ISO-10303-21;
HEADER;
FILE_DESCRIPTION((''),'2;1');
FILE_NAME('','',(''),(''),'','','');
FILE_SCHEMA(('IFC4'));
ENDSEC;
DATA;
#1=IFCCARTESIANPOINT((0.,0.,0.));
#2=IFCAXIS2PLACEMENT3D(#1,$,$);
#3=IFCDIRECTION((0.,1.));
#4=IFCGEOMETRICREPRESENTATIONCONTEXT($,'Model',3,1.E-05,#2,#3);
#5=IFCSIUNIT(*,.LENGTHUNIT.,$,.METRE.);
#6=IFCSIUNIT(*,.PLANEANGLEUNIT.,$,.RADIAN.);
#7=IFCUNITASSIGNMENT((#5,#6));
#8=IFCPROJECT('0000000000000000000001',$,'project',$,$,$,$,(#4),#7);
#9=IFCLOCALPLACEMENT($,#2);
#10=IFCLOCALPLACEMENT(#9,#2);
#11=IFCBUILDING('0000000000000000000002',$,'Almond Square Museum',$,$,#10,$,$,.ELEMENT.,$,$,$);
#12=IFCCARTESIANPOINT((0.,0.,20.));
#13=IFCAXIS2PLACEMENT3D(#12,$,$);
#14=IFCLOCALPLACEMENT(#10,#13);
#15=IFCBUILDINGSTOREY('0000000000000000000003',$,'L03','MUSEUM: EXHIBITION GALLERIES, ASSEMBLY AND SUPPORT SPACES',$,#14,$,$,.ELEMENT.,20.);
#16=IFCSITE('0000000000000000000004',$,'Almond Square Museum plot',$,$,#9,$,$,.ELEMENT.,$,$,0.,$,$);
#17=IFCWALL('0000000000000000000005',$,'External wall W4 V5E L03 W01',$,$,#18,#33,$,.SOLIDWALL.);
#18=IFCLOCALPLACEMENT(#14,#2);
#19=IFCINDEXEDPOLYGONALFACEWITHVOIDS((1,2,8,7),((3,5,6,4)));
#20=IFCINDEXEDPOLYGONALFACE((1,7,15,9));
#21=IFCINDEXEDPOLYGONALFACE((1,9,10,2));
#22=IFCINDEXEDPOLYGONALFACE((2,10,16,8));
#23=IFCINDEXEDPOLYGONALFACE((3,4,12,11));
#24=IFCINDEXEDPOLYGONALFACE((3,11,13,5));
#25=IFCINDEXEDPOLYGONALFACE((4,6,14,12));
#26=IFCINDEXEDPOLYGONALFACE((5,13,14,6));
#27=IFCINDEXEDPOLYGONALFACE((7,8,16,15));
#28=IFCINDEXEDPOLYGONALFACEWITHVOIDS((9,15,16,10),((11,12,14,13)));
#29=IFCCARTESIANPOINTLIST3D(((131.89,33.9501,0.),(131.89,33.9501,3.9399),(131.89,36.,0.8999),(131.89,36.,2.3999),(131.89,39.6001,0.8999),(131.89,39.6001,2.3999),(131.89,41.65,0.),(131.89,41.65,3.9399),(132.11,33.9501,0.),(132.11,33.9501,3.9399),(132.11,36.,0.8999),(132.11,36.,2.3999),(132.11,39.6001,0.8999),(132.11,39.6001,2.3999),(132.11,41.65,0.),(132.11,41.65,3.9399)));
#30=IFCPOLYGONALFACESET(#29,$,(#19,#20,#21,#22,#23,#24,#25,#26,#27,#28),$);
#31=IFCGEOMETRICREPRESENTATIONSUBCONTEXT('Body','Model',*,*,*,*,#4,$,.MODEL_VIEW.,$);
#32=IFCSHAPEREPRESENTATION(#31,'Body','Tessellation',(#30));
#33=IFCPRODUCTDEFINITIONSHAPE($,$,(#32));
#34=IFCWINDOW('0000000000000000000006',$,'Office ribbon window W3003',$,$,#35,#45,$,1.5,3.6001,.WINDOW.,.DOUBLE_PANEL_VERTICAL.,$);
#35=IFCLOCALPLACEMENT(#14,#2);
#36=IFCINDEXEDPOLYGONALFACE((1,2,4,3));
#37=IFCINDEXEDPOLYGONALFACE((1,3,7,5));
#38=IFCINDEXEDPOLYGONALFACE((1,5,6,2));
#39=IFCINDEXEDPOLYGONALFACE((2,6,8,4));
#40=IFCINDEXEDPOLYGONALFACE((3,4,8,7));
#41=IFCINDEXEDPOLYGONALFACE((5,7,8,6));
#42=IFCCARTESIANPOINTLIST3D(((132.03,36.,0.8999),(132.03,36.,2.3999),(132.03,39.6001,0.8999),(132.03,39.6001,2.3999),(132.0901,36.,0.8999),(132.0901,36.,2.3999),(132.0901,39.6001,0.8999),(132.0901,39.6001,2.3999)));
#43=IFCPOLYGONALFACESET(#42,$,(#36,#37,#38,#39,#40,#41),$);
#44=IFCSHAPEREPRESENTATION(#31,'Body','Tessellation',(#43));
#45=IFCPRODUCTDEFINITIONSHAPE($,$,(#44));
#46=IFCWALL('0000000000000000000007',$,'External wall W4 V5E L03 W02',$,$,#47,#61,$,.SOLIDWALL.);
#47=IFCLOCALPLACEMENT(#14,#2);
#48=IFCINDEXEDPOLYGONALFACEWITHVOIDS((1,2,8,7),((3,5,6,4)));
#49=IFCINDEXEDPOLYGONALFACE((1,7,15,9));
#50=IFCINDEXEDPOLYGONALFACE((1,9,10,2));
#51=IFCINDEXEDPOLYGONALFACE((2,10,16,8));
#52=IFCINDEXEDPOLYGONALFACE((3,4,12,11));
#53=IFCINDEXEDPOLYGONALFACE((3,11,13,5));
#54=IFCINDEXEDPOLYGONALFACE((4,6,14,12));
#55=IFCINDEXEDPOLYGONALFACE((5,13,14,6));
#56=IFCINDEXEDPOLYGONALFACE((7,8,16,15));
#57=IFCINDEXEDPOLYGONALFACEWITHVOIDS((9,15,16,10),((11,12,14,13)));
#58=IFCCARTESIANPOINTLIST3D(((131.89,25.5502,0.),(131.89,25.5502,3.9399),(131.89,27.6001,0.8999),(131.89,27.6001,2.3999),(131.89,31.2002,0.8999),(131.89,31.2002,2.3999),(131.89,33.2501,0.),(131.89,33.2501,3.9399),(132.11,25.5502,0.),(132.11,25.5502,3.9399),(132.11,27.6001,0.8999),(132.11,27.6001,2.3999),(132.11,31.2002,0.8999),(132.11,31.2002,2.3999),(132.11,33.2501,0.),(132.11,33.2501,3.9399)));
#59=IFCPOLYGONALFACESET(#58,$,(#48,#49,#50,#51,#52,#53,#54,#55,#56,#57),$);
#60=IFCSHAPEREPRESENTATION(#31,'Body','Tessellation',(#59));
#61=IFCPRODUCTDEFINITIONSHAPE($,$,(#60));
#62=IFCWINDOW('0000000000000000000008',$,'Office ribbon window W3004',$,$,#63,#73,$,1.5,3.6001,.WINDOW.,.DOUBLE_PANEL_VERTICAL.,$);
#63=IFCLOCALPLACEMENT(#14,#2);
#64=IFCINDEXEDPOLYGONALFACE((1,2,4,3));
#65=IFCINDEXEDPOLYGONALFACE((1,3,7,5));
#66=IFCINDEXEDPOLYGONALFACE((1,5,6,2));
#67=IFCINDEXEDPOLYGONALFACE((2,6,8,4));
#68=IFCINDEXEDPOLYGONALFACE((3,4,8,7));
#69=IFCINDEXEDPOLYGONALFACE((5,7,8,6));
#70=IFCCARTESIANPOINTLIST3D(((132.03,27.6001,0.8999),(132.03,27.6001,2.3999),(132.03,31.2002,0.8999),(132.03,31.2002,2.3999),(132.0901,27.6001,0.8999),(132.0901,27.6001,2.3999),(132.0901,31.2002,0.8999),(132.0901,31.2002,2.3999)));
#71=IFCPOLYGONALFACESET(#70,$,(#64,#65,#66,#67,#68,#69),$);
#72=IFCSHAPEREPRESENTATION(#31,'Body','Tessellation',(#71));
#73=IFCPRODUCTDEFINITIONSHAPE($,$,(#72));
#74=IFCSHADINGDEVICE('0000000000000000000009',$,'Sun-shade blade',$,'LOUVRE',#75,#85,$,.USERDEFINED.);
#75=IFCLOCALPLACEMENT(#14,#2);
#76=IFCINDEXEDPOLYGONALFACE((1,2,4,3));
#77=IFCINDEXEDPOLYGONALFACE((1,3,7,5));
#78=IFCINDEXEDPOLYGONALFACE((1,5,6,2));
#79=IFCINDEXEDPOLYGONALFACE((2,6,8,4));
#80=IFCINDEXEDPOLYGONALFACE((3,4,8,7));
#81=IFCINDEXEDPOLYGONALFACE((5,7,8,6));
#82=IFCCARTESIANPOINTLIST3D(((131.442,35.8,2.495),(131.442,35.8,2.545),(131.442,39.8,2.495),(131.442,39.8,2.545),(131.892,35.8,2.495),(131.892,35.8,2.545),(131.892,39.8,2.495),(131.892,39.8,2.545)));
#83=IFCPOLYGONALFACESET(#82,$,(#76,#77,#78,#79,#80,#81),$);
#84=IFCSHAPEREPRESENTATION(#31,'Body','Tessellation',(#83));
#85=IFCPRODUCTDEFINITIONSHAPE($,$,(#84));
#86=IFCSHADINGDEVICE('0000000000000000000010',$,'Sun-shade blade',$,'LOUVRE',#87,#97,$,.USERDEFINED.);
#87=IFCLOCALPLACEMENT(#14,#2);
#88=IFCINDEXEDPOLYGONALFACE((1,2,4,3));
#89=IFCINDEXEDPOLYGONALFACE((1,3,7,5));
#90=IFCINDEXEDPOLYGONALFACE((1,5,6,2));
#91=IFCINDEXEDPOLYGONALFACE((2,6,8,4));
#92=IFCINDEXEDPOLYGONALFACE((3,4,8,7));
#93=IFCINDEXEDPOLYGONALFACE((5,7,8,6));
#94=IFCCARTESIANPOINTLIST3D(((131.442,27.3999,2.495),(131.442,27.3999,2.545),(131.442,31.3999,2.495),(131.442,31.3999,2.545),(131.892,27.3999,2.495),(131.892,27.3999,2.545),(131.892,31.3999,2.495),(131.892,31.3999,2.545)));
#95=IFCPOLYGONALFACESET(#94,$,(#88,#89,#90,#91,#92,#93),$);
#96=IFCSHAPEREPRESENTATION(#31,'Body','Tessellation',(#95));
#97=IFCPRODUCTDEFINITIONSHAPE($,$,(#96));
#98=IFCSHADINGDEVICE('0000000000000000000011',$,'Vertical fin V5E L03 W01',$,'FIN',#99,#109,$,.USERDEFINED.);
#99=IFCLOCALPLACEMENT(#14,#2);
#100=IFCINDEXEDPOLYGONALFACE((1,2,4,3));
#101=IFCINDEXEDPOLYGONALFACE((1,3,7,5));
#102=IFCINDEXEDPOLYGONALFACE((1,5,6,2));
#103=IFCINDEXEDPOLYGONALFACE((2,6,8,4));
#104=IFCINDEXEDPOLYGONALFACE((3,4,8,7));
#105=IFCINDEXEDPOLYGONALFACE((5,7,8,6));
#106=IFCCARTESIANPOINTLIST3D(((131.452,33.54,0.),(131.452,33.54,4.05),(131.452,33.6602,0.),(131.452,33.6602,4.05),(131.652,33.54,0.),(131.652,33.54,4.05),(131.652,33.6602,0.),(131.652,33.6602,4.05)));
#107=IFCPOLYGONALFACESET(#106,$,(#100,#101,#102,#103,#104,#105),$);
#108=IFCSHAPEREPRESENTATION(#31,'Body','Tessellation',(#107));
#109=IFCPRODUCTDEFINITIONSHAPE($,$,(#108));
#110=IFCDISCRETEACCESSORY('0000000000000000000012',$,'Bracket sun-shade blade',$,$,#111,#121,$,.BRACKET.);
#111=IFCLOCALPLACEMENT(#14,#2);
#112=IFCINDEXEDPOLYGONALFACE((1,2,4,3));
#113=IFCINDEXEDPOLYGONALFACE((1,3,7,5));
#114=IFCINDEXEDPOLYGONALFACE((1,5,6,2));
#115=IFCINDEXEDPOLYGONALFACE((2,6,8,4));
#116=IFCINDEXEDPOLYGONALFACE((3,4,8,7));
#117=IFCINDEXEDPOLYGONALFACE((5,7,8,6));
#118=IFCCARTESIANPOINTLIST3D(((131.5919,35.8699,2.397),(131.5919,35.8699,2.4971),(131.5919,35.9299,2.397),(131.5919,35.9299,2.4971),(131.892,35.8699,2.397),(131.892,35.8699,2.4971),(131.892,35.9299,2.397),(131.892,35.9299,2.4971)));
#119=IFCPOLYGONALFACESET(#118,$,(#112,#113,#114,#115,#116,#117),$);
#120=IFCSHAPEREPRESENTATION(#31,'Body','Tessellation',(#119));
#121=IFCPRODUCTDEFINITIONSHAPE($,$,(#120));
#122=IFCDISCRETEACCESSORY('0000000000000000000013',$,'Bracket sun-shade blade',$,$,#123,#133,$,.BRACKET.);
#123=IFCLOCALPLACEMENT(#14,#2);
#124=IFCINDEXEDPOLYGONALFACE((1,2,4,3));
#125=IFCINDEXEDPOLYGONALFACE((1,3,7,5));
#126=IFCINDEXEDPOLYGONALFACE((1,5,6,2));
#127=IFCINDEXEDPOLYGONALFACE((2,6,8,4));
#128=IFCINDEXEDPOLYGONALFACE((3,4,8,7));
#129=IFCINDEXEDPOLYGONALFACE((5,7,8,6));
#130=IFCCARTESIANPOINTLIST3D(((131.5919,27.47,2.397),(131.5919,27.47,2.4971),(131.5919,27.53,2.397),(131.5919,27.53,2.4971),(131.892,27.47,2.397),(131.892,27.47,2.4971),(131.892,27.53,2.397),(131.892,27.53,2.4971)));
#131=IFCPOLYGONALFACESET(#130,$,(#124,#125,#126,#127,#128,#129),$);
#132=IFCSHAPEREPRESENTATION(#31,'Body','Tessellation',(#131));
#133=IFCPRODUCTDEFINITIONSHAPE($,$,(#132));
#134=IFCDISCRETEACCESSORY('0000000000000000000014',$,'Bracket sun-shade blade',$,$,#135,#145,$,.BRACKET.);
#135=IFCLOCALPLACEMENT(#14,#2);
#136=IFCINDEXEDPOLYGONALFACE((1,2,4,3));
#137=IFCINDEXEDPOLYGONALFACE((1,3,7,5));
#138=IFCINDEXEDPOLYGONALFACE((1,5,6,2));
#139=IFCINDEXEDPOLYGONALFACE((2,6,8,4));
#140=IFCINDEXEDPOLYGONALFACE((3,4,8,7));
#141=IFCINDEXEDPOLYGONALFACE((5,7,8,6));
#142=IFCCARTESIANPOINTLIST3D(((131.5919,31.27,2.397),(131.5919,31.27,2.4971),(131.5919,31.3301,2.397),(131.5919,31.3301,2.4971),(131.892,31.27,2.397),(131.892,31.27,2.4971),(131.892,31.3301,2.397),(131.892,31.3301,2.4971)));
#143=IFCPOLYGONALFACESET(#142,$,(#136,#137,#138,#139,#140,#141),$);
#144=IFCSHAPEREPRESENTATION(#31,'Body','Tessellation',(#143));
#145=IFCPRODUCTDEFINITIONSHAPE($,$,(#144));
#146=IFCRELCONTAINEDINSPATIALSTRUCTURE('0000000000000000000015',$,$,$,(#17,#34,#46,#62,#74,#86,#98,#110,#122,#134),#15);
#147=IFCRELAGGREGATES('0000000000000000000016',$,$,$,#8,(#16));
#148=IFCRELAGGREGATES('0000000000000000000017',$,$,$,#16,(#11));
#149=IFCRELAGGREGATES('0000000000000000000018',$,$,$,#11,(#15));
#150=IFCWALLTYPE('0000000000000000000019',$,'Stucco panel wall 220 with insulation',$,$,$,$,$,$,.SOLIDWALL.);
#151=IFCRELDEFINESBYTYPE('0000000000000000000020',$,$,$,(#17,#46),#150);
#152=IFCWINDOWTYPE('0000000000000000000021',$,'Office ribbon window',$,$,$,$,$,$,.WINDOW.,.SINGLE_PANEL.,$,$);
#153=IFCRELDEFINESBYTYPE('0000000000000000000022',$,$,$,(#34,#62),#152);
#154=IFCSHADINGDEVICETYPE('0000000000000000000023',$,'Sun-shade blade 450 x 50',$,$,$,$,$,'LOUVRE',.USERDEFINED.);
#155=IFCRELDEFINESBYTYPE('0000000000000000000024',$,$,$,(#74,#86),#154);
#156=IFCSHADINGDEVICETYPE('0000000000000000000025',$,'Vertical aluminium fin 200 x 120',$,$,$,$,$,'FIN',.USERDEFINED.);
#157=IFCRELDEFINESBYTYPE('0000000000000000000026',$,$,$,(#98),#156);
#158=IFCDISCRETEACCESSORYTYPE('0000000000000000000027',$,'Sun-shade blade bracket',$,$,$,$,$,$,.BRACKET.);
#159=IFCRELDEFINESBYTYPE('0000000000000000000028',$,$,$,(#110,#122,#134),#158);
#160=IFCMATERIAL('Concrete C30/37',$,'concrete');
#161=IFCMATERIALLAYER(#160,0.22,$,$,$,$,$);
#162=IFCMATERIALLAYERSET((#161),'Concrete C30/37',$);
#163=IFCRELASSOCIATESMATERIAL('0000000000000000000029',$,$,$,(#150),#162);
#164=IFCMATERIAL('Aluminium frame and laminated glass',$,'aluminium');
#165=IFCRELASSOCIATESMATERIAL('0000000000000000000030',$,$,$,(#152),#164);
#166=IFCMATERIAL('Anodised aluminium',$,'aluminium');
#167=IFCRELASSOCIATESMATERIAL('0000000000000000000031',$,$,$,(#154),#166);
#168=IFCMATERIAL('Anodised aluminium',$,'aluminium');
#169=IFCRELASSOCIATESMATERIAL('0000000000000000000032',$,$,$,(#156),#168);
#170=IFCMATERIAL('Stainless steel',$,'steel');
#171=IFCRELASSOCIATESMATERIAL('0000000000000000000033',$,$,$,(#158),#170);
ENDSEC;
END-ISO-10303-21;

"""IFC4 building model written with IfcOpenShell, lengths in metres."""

from ifc_helpers import new_model, si_unit, direction, frame, frame_2d, origin, origin_2d, place, context, subcontext, project, spatial, rectangle, extrude, material, layer, layer_set, material_profile, profile_set, type_object, element, fill, save


model = new_model("IFC4")

# Units and contexts
model_context = context("Model", 3, precision=1e-05, world=origin(), true_north=direction((0.0, 1.0)))
body_context = subcontext(model_context, "Body", "Model", "MODEL_VIEW")
ifc_project = project(units=[si_unit("LENGTHUNIT", "METRE"), si_unit("PLANEANGLEUNIT", "RADIAN")], contexts=[model_context])

# Site, building, storey
site_placement = place(None, origin())
site = spatial("IfcSite", under=ifc_project, at=site_placement, Name="Almond Square Museum plot", CompositionType="ELEMENT", RefElevation=0.0)
building_placement = place(site_placement, origin())
building = spatial("IfcBuilding", under=site, at=building_placement, Name="Almond Square Museum", CompositionType="ELEMENT")
storey_placement = place(building_placement, frame((0.0, 0.0, 20.0)))
storey = spatial("IfcBuildingStorey", under=building, at=storey_placement, Name="L03", Description="MUSEUM: EXHIBITION GALLERIES, ASSEMBLY AND SUPPORT SPACES", CompositionType="ELEMENT", Elevation=20.0)

# Walls, openings, windows
ifc_material_1 = material(Name="Concrete C30/37", Category="concrete")
ifc_layer_1 = layer(ifc_material_1, 0.22)
ifc_layer_set_1 = layer_set([ifc_layer_1], Name="Concrete C30/37")
wall_type_1 = type_object("IfcWallType", Name="Stucco panel wall 220 with insulation", PredefinedType="SOLIDWALL", material=ifc_layer_set_1)
wall_1_placement = place(storey_placement, frame((132.0, 33.95, 0.0), z_axis=(0.0, 0.0, 1.0), x_axis=(0.0, 1.0, 0.0)))
wall_1 = element("IfcWall", 1, at=wall_1_placement, inside=storey, type_object=wall_type_1, Name="External wall W4 V5E L03 W01", PredefinedType="SOLIDWALL", context=body_context, shape_type="SweptSolid", body=[
    extrude(rectangle(XDim=7.7, YDim=0.22, at=frame_2d((3.8501, 0.0))), origin(), (0.0, 0.0, 1.0), 3.9399),
])
opening_1_placement = place(wall_1_placement, frame((2.05, 0.0, 0.8999)))
opening_1 = element("IfcOpeningElement", 2, at=opening_1_placement, cuts=wall_1, PredefinedType="OPENING", context=body_context, shape_type="SweptSolid", body=[
    extrude(rectangle(XDim=3.6001, YDim=1.5, at=frame_2d((1.8, 0.75))), frame((0.0, 0.1199, 0.0), z_axis=(0.0, -1.0, 0.0), x_axis=(1.0, 0.0, 0.0)), (0.0, 0.0, 1.0), 0.24),
])
ifc_material_2 = material(Name="Aluminium frame and laminated glass", Category="aluminium")
window_type = type_object("IfcWindowType", Name="Office ribbon window", PartitioningType="SINGLE_PANEL", PredefinedType="WINDOW", material=ifc_material_2)
window_1_placement = place(opening_1_placement, origin())
window_1 = element("IfcWindow", 3, at=window_1_placement, inside=storey, type_object=window_type, Name="Office ribbon window W3003", OverallHeight=1.5, OverallWidth=3.6001, PartitioningType="DOUBLE_PANEL_VERTICAL", PredefinedType="WINDOW", context=body_context, shape_type="SweptSolid", body=[
    extrude(rectangle(XDim=3.6001, YDim=1.5, at=frame_2d((1.8, 0.75))), frame((0.0, -0.03, 0.0), z_axis=(0.0, -1.0, 0.0), x_axis=(1.0, 0.0, 0.0)), (0.0, 0.0, 1.0), 0.0601),
])
fill(opening_1, window_1)
wall_2_placement = place(storey_placement, frame((132.0, 25.55, 0.0), z_axis=(0.0, 0.0, 1.0), x_axis=(0.0, 1.0, 0.0)))
wall_2 = element("IfcWall", 4, at=wall_2_placement, inside=storey, type_object=wall_type_1, Name="External wall W4 V5E L03 W02", PredefinedType="SOLIDWALL", context=body_context, shape_type="SweptSolid", body=[
    extrude(rectangle(XDim=7.7, YDim=0.22, at=frame_2d((3.8501, 0.0))), origin(), (0.0, 0.0, 1.0), 3.9399),
])
opening_2_placement = place(wall_2_placement, frame((2.05, 0.0, 0.8999)))
opening_2 = element("IfcOpeningElement", 5, at=opening_2_placement, cuts=wall_2, PredefinedType="OPENING", context=body_context, shape_type="SweptSolid", body=[
    extrude(rectangle(XDim=3.6001, YDim=1.5, at=frame_2d((1.8, 0.75))), frame((0.0, 0.1199, 0.0), z_axis=(0.0, -1.0, 0.0), x_axis=(1.0, 0.0, 0.0)), (0.0, 0.0, 1.0), 0.24),
])
window_2_placement = place(opening_2_placement, origin())
window_2 = element("IfcWindow", 6, at=window_2_placement, inside=storey, type_object=window_type, Name="Office ribbon window W3004", OverallHeight=1.5, OverallWidth=3.6001, PartitioningType="DOUBLE_PANEL_VERTICAL", PredefinedType="WINDOW", context=body_context, shape_type="SweptSolid", body=[
    extrude(rectangle(XDim=3.6001, YDim=1.5, at=frame_2d((1.8, 0.75))), frame((0.0, -0.03, 0.0), z_axis=(0.0, -1.0, 0.0), x_axis=(1.0, 0.0, 0.0)), (0.0, 0.0, 1.0), 0.0601),
])
fill(opening_2, window_2)

# Shading devices
ifc_material_3 = material(Name="Anodised aluminium", Category="aluminium")
ifc_material_profile_1 = material_profile(ifc_material_3, rectangle(XDim=0.45, YDim=0.05, at=origin_2d()))
ifc_profile_set_1 = profile_set([ifc_material_profile_1], Name="Anodised aluminium")
shading_device_type_1 = type_object("IfcShadingDeviceType", Name="Sun-shade blade 450 x 50", ElementType="LOUVRE", PredefinedType="USERDEFINED", material=ifc_profile_set_1)
for number, where, z_axis, x_axis, name in (
    (7, (131.667, 35.8, 2.52), (0.0, 1.0, 0.0), (-1.0, 0.0, 0.0), "Sun-shade blade"),
    (8, (131.667, 27.3999, 2.52), (0.0, 1.0, 0.0), (-1.0, 0.0, 0.0), "Sun-shade blade"),
):
    element("IfcShadingDevice", number, at=place(storey_placement, frame(where, z_axis=z_axis, x_axis=x_axis)), inside=storey, type_object=shading_device_type_1, Name=name, ObjectType="LOUVRE", PredefinedType="USERDEFINED", context=body_context, shape_type="SweptSolid", body=[
        extrude(rectangle(XDim=0.45, YDim=0.05, at=origin_2d()), origin(), (0.0, 0.0, 1.0), 4.0),
    ])
ifc_material_4 = material(Name="Anodised aluminium", Category="aluminium")
ifc_material_profile_2 = material_profile(ifc_material_4, rectangle(XDim=0.2, YDim=0.1201, at=origin_2d()))
ifc_profile_set_2 = profile_set([ifc_material_profile_2], Name="Anodised aluminium")
shading_device_type_2 = type_object("IfcShadingDeviceType", Name="Vertical aluminium fin 200 x 120", ElementType="FIN", PredefinedType="USERDEFINED", material=ifc_profile_set_2)
shading_device_placement = place(storey_placement, frame((131.552, 33.6001, 0.0), z_axis=(0.0, 0.0, 1.0), x_axis=(-1.0, 0.0, 0.0)))
element("IfcShadingDevice", 9, at=shading_device_placement, inside=storey, type_object=shading_device_type_2, Name="Vertical fin V5E L03 W01", ObjectType="FIN", PredefinedType="USERDEFINED", context=body_context, shape_type="SweptSolid", body=[
    extrude(rectangle(XDim=0.2, YDim=0.1201, at=origin_2d()), origin(), (0.0, 0.0, 1.0), 4.05),
])

# Discrete accessories
ifc_material_5 = material(Name="Stainless steel", Category="steel")
discrete_accessory_type = type_object("IfcDiscreteAccessoryType", Name="Sun-shade blade bracket", PredefinedType="BRACKET", material=ifc_material_5)
for number, where, z_axis, x_axis, name in (
    (10, (131.7419, 35.8999, 2.397), (0.0, 0.0, 1.0), (1.0, 0.0, 0.0), "Bracket sun-shade blade"),
    (11, (131.7419, 27.5, 2.397), (0.0, 0.0, 1.0), (1.0, 0.0, 0.0), "Bracket sun-shade blade"),
    (12, (131.7419, 31.3, 2.397), (0.0, 0.0, 1.0), (1.0, 0.0, 0.0), "Bracket sun-shade blade"),
):
    element("IfcDiscreteAccessory", number, at=place(storey_placement, frame(where, z_axis=z_axis, x_axis=x_axis)), inside=storey, type_object=discrete_accessory_type, Name=name, PredefinedType="BRACKET", context=body_context, shape_type="SweptSolid", body=[
        extrude(rectangle(XDim=0.3, YDim=0.0601, at=origin_2d()), origin(), (0.0, 0.0, 1.0), 0.1001),
    ])

save(model, "model.ifc")
